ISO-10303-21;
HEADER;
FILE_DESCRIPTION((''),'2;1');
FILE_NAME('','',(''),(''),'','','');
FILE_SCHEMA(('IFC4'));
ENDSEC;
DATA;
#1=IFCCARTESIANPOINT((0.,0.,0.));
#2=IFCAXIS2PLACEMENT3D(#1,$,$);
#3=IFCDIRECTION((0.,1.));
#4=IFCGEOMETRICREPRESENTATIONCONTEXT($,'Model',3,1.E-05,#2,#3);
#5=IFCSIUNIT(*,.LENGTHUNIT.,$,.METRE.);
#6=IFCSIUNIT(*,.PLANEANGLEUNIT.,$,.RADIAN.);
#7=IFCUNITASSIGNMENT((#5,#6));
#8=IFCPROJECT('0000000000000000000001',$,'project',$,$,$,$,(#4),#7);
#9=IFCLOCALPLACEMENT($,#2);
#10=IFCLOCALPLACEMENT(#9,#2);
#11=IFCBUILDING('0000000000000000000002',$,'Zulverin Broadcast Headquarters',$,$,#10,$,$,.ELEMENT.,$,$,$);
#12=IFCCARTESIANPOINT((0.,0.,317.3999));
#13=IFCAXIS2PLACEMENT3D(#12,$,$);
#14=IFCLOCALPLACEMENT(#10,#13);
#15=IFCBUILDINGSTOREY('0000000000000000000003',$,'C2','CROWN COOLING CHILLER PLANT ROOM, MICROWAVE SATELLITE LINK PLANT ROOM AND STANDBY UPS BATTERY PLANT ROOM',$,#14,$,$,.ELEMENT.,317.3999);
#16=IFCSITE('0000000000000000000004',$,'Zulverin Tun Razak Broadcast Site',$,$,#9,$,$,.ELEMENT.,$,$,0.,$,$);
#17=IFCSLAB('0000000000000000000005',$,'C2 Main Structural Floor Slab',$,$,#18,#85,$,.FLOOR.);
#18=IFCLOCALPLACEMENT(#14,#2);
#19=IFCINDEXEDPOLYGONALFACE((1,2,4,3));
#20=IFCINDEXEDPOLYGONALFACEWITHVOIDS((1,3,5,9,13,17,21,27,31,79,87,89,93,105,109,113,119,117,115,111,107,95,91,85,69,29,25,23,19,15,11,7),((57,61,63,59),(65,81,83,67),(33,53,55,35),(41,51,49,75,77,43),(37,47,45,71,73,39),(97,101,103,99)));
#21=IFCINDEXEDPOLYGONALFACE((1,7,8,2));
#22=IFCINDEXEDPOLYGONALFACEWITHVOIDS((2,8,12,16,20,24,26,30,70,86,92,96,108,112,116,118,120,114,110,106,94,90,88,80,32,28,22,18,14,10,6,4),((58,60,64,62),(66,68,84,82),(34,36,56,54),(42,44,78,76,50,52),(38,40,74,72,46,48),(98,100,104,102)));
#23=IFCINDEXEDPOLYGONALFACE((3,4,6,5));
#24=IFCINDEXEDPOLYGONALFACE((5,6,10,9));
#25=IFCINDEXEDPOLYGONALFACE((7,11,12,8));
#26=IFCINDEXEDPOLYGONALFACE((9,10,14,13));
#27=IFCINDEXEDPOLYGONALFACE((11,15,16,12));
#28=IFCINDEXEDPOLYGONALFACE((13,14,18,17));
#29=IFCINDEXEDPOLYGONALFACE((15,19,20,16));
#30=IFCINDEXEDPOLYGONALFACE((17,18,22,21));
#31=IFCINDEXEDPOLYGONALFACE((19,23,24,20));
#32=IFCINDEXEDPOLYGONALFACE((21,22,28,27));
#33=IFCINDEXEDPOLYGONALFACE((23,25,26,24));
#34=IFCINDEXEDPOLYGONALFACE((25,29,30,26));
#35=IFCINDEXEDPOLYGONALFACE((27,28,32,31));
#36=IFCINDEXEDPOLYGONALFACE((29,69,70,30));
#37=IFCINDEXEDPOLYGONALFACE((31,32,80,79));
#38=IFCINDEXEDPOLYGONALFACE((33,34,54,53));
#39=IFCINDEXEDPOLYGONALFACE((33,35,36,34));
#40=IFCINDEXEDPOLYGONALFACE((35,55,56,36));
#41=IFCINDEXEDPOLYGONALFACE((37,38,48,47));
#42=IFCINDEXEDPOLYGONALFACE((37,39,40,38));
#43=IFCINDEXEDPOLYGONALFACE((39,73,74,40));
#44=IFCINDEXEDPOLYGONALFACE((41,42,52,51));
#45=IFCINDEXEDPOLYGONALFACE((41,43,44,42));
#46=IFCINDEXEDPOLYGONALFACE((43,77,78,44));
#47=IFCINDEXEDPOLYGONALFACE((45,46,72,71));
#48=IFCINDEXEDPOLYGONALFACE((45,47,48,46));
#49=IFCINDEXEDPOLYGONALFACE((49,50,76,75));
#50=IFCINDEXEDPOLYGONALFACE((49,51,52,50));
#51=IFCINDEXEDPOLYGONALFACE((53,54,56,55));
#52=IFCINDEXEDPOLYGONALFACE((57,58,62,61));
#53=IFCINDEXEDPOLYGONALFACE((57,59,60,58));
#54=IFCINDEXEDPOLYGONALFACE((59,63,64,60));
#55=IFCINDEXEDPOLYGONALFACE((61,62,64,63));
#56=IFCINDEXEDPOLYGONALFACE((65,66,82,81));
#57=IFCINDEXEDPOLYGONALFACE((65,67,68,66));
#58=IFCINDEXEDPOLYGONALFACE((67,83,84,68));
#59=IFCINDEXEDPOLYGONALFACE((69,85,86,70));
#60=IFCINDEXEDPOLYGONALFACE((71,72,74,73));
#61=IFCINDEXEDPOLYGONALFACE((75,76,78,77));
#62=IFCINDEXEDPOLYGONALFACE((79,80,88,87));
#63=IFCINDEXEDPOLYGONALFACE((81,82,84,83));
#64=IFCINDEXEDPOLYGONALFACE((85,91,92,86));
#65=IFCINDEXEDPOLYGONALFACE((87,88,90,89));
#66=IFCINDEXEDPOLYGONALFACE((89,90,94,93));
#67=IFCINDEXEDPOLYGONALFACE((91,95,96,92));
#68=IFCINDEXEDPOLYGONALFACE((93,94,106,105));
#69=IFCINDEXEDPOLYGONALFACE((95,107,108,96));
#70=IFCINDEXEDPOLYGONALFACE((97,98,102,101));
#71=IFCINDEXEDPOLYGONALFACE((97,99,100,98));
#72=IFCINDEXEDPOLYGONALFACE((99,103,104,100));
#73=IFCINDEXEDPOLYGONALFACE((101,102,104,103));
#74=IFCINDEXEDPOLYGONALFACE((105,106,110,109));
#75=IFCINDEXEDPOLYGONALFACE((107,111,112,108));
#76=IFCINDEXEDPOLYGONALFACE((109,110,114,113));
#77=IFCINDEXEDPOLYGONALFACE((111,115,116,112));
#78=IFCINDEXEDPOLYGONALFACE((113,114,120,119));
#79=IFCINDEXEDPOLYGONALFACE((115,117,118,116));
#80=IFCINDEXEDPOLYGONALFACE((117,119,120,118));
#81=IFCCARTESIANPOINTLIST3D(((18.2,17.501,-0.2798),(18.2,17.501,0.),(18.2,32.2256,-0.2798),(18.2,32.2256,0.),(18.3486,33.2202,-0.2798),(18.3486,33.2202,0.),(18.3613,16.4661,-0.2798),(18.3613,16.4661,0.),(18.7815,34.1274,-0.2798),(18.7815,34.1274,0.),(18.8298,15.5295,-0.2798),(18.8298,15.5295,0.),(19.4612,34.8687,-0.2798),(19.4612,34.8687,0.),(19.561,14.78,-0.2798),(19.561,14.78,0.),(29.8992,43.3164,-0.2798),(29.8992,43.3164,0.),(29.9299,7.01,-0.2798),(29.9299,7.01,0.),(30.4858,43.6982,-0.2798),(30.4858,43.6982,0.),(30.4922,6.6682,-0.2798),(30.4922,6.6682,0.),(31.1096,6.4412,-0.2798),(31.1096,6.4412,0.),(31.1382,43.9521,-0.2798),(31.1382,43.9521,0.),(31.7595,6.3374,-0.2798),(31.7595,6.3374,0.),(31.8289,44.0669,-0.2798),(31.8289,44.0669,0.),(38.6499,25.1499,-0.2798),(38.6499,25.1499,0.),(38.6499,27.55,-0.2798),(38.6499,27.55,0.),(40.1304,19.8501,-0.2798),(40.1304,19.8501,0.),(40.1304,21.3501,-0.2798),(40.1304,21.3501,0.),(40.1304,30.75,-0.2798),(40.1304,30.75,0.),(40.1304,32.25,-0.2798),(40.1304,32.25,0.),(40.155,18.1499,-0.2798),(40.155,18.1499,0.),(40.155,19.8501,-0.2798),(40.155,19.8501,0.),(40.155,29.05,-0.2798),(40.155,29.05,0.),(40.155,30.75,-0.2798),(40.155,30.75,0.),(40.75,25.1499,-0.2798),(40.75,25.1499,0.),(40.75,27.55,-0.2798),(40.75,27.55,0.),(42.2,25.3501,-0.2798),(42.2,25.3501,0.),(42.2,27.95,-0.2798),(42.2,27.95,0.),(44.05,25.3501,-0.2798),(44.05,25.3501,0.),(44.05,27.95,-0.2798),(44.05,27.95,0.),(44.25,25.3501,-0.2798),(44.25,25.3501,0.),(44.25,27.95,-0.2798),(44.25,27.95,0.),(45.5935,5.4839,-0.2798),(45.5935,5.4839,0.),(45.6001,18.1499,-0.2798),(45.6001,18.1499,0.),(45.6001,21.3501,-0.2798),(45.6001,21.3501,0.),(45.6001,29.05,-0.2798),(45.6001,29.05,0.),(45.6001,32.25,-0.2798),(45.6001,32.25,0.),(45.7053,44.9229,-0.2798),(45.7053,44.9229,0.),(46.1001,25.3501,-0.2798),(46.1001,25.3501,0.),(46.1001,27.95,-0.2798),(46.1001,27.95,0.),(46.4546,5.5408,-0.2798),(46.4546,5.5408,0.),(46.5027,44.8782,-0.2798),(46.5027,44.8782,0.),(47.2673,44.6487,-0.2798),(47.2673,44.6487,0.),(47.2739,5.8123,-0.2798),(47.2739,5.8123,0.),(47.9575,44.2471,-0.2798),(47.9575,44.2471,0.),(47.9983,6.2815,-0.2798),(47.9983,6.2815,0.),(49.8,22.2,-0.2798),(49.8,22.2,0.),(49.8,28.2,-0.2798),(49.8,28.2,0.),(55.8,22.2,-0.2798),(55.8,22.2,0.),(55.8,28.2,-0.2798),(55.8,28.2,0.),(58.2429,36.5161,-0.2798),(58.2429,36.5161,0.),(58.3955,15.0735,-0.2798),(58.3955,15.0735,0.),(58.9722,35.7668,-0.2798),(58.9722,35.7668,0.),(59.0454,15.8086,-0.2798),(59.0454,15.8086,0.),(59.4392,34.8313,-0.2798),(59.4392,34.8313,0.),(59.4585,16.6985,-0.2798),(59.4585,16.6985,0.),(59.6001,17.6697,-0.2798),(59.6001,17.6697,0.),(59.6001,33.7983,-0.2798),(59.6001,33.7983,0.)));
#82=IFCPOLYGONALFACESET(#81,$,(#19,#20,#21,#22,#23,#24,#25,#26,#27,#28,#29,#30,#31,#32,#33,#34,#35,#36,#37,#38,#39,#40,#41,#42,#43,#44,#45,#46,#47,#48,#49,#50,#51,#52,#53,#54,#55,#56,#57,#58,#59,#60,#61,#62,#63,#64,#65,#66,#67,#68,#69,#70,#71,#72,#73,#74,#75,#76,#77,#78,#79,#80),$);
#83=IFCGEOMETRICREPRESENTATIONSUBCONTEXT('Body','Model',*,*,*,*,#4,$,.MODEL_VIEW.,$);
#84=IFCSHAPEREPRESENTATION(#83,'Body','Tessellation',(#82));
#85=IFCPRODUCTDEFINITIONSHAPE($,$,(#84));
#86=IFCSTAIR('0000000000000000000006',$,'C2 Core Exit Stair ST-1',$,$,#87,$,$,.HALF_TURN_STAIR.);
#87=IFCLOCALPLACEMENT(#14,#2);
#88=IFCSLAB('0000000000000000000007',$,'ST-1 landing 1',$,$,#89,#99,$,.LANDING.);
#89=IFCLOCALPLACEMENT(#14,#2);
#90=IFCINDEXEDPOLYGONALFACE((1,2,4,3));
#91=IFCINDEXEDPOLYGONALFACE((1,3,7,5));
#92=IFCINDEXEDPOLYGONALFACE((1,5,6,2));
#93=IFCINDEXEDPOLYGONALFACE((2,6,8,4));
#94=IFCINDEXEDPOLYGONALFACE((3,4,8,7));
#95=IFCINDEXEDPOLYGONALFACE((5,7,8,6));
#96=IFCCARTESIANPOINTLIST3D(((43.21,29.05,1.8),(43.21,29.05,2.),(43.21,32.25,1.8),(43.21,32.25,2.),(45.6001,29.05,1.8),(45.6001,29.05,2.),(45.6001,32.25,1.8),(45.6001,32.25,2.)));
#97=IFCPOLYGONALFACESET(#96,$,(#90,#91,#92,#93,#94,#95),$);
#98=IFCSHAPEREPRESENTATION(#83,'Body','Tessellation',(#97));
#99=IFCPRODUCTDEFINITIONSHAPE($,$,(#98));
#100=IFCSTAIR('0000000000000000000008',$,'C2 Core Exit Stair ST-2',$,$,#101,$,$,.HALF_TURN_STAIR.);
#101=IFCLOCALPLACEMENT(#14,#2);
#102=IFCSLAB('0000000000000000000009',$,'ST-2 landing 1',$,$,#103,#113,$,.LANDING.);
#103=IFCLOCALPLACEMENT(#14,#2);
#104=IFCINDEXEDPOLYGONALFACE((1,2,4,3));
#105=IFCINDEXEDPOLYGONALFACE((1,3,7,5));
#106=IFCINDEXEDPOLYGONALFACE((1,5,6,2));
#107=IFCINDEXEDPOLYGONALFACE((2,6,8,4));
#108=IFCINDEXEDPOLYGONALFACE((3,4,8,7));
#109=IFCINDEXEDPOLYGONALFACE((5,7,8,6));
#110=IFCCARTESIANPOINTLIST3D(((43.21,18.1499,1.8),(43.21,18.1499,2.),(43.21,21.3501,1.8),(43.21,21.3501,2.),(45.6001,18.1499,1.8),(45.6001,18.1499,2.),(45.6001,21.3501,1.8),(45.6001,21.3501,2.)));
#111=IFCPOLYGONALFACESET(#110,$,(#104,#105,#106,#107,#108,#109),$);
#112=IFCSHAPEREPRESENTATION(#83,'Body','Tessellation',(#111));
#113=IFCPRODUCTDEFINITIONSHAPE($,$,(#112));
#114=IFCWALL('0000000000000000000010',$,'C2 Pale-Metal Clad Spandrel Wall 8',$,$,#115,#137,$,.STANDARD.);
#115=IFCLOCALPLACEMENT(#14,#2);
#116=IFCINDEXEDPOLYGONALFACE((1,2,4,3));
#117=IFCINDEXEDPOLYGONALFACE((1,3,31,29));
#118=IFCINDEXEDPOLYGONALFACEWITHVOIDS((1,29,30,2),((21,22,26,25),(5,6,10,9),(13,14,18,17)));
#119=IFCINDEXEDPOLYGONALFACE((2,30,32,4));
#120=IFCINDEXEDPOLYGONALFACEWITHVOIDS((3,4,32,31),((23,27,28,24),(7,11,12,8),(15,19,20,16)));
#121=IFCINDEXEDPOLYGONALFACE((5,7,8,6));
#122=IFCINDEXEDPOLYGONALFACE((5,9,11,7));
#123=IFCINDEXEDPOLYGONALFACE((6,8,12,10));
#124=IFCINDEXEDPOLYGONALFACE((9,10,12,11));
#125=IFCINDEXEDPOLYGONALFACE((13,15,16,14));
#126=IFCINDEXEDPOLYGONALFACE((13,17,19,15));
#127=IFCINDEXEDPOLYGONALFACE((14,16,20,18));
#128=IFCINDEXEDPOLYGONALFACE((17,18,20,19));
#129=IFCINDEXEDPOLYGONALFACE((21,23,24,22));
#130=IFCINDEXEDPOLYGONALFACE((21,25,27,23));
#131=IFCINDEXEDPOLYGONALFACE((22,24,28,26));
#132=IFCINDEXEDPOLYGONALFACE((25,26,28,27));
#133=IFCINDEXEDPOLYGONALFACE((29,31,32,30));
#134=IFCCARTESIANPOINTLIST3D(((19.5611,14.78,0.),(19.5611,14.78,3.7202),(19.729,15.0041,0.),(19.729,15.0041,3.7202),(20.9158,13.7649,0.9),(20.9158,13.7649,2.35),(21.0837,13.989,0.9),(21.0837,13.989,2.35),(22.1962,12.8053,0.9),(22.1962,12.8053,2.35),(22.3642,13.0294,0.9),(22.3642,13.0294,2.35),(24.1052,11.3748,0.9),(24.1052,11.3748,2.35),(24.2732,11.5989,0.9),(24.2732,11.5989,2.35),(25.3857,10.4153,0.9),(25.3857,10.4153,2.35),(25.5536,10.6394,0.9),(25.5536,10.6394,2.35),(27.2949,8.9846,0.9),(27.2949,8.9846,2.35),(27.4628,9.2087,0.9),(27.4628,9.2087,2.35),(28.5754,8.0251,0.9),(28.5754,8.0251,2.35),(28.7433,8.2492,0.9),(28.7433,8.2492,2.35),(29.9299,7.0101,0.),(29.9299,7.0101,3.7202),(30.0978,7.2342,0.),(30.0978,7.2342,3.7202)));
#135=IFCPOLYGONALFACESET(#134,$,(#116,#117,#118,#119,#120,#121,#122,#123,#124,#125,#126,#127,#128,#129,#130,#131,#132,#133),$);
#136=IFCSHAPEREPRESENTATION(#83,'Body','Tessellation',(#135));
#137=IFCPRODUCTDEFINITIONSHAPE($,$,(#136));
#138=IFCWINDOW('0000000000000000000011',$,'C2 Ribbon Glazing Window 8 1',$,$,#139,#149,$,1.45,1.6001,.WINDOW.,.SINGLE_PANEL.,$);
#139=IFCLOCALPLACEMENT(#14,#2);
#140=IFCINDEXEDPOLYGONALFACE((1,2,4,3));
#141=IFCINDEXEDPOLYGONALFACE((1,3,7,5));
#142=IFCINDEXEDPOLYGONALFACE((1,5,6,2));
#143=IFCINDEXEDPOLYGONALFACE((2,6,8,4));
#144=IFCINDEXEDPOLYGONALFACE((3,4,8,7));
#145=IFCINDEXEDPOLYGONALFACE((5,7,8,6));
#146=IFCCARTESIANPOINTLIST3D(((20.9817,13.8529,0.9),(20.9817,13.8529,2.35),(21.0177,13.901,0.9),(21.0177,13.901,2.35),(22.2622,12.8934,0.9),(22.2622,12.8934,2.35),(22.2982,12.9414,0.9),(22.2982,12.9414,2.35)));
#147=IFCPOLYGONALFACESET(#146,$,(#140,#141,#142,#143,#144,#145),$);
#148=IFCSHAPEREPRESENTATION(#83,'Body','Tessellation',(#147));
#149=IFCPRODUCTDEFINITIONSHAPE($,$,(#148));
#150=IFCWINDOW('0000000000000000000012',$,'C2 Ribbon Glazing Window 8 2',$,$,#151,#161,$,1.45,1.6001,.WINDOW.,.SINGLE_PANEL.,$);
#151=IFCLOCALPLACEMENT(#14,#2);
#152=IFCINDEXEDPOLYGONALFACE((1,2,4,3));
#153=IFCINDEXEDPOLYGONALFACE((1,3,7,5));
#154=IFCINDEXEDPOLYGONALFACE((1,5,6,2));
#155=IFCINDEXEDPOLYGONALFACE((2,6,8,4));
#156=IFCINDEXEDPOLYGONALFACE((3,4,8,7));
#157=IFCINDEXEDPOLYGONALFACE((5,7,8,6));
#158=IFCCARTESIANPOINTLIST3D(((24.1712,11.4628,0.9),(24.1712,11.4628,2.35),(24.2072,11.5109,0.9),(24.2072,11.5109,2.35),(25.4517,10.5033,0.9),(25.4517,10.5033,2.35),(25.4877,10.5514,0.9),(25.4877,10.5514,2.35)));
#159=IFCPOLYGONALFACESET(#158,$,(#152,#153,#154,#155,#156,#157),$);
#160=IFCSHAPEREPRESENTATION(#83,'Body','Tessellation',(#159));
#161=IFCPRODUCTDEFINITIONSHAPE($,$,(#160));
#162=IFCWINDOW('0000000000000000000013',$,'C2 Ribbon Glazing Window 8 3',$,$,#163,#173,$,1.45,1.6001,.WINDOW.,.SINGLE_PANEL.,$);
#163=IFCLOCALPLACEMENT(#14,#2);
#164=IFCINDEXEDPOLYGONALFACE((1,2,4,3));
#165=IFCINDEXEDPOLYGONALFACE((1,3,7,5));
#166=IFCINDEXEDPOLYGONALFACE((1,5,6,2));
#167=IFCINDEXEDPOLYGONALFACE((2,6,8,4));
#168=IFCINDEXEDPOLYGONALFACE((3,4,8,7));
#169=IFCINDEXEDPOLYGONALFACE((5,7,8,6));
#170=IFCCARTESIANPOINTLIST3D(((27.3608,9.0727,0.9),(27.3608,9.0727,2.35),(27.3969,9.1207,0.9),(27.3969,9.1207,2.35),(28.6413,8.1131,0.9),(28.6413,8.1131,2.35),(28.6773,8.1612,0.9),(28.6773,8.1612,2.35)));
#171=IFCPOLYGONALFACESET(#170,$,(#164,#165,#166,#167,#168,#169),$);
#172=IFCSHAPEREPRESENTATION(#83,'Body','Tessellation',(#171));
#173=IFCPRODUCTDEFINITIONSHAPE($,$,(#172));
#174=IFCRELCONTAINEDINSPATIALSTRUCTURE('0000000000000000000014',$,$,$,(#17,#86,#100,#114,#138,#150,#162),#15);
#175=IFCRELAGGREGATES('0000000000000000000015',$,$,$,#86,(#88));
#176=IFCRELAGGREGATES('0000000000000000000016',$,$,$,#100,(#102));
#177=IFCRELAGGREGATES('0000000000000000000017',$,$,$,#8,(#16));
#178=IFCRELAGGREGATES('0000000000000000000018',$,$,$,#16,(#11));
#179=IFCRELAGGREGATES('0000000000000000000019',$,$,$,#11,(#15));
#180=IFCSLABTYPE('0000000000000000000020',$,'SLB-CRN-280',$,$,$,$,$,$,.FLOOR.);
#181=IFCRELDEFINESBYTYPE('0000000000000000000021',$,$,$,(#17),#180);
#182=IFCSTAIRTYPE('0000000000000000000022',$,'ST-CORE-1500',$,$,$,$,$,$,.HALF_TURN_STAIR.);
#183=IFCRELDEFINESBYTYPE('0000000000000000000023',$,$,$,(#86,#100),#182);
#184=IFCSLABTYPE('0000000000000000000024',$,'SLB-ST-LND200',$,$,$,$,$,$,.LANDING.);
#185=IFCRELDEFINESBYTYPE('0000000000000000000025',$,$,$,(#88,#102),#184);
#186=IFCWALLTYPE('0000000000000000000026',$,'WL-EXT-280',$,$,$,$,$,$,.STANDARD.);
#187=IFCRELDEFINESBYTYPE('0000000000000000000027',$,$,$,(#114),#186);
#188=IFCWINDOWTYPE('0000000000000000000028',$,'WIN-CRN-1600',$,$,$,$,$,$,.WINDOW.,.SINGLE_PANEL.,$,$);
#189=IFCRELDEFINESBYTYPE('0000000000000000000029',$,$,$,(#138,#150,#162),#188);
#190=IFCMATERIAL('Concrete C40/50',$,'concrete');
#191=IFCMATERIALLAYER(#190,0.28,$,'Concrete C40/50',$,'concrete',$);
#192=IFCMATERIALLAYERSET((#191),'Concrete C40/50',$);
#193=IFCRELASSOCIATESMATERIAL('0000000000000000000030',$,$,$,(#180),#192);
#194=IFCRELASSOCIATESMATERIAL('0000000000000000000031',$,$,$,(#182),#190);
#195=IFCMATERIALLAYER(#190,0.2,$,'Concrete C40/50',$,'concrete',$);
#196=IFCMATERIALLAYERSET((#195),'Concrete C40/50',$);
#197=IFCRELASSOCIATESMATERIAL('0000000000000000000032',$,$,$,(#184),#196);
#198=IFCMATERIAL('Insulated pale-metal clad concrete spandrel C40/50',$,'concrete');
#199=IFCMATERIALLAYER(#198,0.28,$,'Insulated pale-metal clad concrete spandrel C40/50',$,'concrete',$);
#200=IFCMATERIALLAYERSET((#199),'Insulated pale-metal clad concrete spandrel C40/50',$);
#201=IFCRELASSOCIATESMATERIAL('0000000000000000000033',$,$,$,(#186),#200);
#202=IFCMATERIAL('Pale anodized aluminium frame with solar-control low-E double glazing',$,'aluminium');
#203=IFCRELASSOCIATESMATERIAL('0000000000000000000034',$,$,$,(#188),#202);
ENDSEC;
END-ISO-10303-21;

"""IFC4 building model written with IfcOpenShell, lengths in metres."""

from ifc_helpers import new_model, si_unit, direction, frame, frame_2d, origin, place, context, subcontext, project, spatial, polyline, rectangle, outline, extrude, material, layer, layer_set, type_object, element, fill, aggregate, save


model = new_model("IFC4")

# Units and contexts
model_context = context("Model", 3, precision=1e-05, world=origin(), true_north=direction((0.0, 1.0)))
body_context = subcontext(model_context, "Body", "Model", "MODEL_VIEW")
ifc_project = project(units=[si_unit("LENGTHUNIT", "METRE"), si_unit("PLANEANGLEUNIT", "RADIAN")], contexts=[model_context])

# Site, building, storey
site_placement = place(None, origin())
site = spatial("IfcSite", under=ifc_project, at=site_placement, Name="Zulverin Tun Razak Broadcast Site", CompositionType="ELEMENT", RefElevation=0.0)
building_placement = place(site_placement, origin())
building = spatial("IfcBuilding", under=site, at=building_placement, Name="Zulverin Broadcast Headquarters", CompositionType="ELEMENT")
storey_placement = place(building_placement, frame((0.0, 0.0, 317.3999)))
storey = spatial("IfcBuildingStorey", under=building, at=storey_placement, Name="C2", Description="CROWN COOLING CHILLER PLANT ROOM, MICROWAVE SATELLITE LINK PLANT ROOM AND STANDBY UPS BATTERY PLANT ROOM", CompositionType="ELEMENT", Elevation=317.3999)

# Slab
ifc_material_1 = material(Name="Concrete C40/50", Category="concrete")
ifc_layer_1 = layer(ifc_material_1, 0.28, Name="Concrete C40/50", Category="concrete")
ifc_layer_set_1 = layer_set([ifc_layer_1], Name="Concrete C40/50")
slab_type_1 = type_object("IfcSlabType", Name="SLB-CRN-280", PredefinedType="FLOOR", material=ifc_layer_set_1)
slab_1_placement = place(storey_placement, frame((0.0, 0.0, -0.2798)))
element("IfcSlab", 1, at=slab_1_placement, inside=storey, type_object=slab_type_1, Name="C2 Main Structural Floor Slab", PredefinedType="FLOOR", context=body_context, shape_type="SweptSolid", body=[
    extrude(outline(polyline([(29.9299, 7.01), (30.4922, 6.6682), (31.1096, 6.4412), (31.7595, 6.3374), (45.5935, 5.4839), (46.4546, 5.5408), (47.2739, 5.8123), (47.9983, 6.2815), (58.3955, 15.0735), (59.0454, 15.8086), (59.4585, 16.6985), (59.6001, 17.6697), (59.6001, 33.7983), (59.4392, 34.8313), (58.9722, 35.7668), (58.2429, 36.5161), (47.9575, 44.2471), (47.2673, 44.6487), (46.5027, 44.8782), (45.7053, 44.9229), (31.8289, 44.0669), (31.1382, 43.9521), (30.4858, 43.6982), (29.8992, 43.3164), (19.4612, 34.8687), (18.7815, 34.1274), (18.3486, 33.2202), (18.2, 32.2256), (18.2, 17.501), (18.3613, 16.4661), (18.8298, 15.5295), (19.561, 14.78), (29.9299, 7.01)]), holes=[polyline([(40.155, 30.75), (40.1304, 30.75), (40.1304, 32.25), (45.6001, 32.25), (45.6001, 29.05), (40.155, 29.05), (40.155, 30.75)]), polyline([(40.155, 19.8501), (40.1304, 19.8501), (40.1304, 21.3501), (45.6001, 21.3501), (45.6001, 18.1499), (40.155, 18.1499), (40.155, 19.8501)]), polyline([(42.2, 25.3501), (44.05, 25.3501), (44.05, 27.95), (42.2, 27.95), (42.2, 25.3501)]), polyline([(44.25, 25.3501), (46.1001, 25.3501), (46.1001, 27.95), (44.25, 27.95), (44.25, 25.3501)]), polyline([(38.6499, 25.1499), (40.75, 25.1499), (40.75, 27.55), (38.6499, 27.55), (38.6499, 25.1499)]), polyline([(49.8, 22.2), (55.8, 22.2), (55.8, 28.2), (49.8, 28.2), (49.8, 22.2)])]), origin(), (0.0, 0.0, 1.0), 0.2798),
])

# Stairs, slabs
stair_type = type_object("IfcStairType", Name="ST-CORE-1500", PredefinedType="HALF_TURN_STAIR", material=ifc_material_1)
stair_1_placement = place(storey_placement, origin())
stair_1 = element("IfcStair", 2, at=stair_1_placement, inside=storey, type_object=stair_type, Name="C2 Core Exit Stair ST-1", PredefinedType="HALF_TURN_STAIR")
ifc_layer_2 = layer(ifc_material_1, 0.2, Name="Concrete C40/50", Category="concrete")
ifc_layer_set_2 = layer_set([ifc_layer_2], Name="Concrete C40/50")
slab_type_2 = type_object("IfcSlabType", Name="SLB-ST-LND200", PredefinedType="LANDING", material=ifc_layer_set_2)
slab_2_placement = place(storey_placement, frame((0.0, 0.0, 1.8)))
slab_2 = element("IfcSlab", 3, at=slab_2_placement, type_object=slab_type_2, Name="ST-1 landing 1", PredefinedType="LANDING", context=body_context, shape_type="SweptSolid", body=[
    extrude(outline(polyline([(43.21, 29.05), (45.6001, 29.05), (45.6001, 32.25), (43.21, 32.25), (43.21, 29.05)])), origin(), (0.0, 0.0, 1.0), 0.2),
])
aggregate(stair_1, [slab_2])
stair_2_placement = place(storey_placement, origin())
stair_2 = element("IfcStair", 4, at=stair_2_placement, inside=storey, type_object=stair_type, Name="C2 Core Exit Stair ST-2", PredefinedType="HALF_TURN_STAIR")
slab_3_placement = place(storey_placement, frame((0.0, 0.0, 1.8)))
slab_3 = element("IfcSlab", 5, at=slab_3_placement, type_object=slab_type_2, Name="ST-2 landing 1", PredefinedType="LANDING", context=body_context, shape_type="SweptSolid", body=[
    extrude(outline(polyline([(43.21, 18.1499), (45.6001, 18.1499), (45.6001, 21.3501), (43.21, 21.3501), (43.21, 18.1499)])), origin(), (0.0, 0.0, 1.0), 0.2),
])
aggregate(stair_2, [slab_3])

# Wall, openings, windows
ifc_material_2 = material(Name="Insulated pale-metal clad concrete spandrel C40/50", Category="concrete")
ifc_layer_3 = layer(ifc_material_2, 0.28, Name="Insulated pale-metal clad concrete spandrel C40/50", Category="concrete")
ifc_layer_set_3 = layer_set([ifc_layer_3], Name="Insulated pale-metal clad concrete spandrel C40/50")
wall_type_1 = type_object("IfcWallType", Name="WL-EXT-280", PredefinedType="STANDARD", material=ifc_layer_set_3)
wall_1_placement = place(storey_placement, frame((19.645, 14.8921, 0.0), z_axis=(0.0, 0.0, 1.0), x_axis=(0.800246, -0.599671, 0.0)))
wall_1 = element("IfcWall", 6, at=wall_1_placement, inside=storey, type_object=wall_type_1, Name="C2 Pale-Metal Clad Spandrel Wall 8", PredefinedType="STANDARD", context=body_context, shape_type="SweptSolid", body=[
    extrude(rectangle(XDim=12.957, YDim=0.28, at=frame_2d((6.4785, 0.0))), origin(), (0.0, 0.0, 1.0), 3.7202),
])
opening_1_placement = place(wall_1_placement, frame((1.6929, 0.0, 0.8999)))
opening_1 = element("IfcOpeningElement", 7, at=opening_1_placement, cuts=wall_1, PredefinedType="OPENING", context=body_context, shape_type="SweptSolid", body=[
    extrude(rectangle(XDim=1.6001, YDim=1.45, at=frame_2d((0.8, 0.7251))), frame((0.0, 0.1499, 0.0), z_axis=(0.0, -1.0, 0.0), x_axis=(1.0, 0.0, 0.0)), (0.0, 0.0, 1.0), 0.3),
])
opening_2_placement = place(wall_1_placement, frame((5.6785, 0.0, 0.8999)))
opening_2 = element("IfcOpeningElement", 8, at=opening_2_placement, cuts=wall_1, PredefinedType="OPENING", context=body_context, shape_type="SweptSolid", body=[
    extrude(rectangle(XDim=1.6001, YDim=1.45, at=frame_2d((0.8, 0.7251))), frame((0.0, 0.1499, 0.0), z_axis=(0.0, -1.0, 0.0), x_axis=(1.0, 0.0, 0.0)), (0.0, 0.0, 1.0), 0.3),
])
opening_3_placement = place(wall_1_placement, frame((9.6643, 0.0, 0.8999)))
opening_3 = element("IfcOpeningElement", 9, at=opening_3_placement, cuts=wall_1, PredefinedType="OPENING", context=body_context, shape_type="SweptSolid", body=[
    extrude(rectangle(XDim=1.6001, YDim=1.45, at=frame_2d((0.8, 0.7251))), frame((0.0, 0.1499, 0.0), z_axis=(0.0, -1.0, 0.0), x_axis=(1.0, 0.0, 0.0)), (0.0, 0.0, 1.0), 0.3),
])
ifc_material_3 = material(Name="Pale anodized aluminium frame with solar-control low-E double glazing", Category="aluminium")
window_type = type_object("IfcWindowType", Name="WIN-CRN-1600", PartitioningType="SINGLE_PANEL", PredefinedType="WINDOW", material=ifc_material_3)
window_1_placement = place(opening_1_placement, origin())
window_1 = element("IfcWindow", 10, at=window_1_placement, inside=storey, type_object=window_type, Name="C2 Ribbon Glazing Window 8 1", OverallHeight=1.45, OverallWidth=1.6001, PartitioningType="SINGLE_PANEL", PredefinedType="WINDOW", context=body_context, shape_type="SweptSolid", body=[
    extrude(rectangle(XDim=1.6001, YDim=1.45, at=frame_2d((0.8, 0.7251))), frame((0.0, 0.03, 0.0), z_axis=(0.0, -1.0, 0.0), x_axis=(1.0, 0.0, 0.0)), (0.0, 0.0, 1.0), 0.0601),
])
fill(opening_1, window_1)
window_2_placement = place(opening_2_placement, origin())
window_2 = element("IfcWindow", 11, at=window_2_placement, inside=storey, type_object=window_type, Name="C2 Ribbon Glazing Window 8 2", OverallHeight=1.45, OverallWidth=1.6001, PartitioningType="SINGLE_PANEL", PredefinedType="WINDOW", context=body_context, shape_type="SweptSolid", body=[
    extrude(rectangle(XDim=1.6001, YDim=1.45, at=frame_2d((0.8, 0.7251))), frame((0.0, 0.03, 0.0), z_axis=(0.0, -1.0, 0.0), x_axis=(1.0, 0.0, 0.0)), (0.0, 0.0, 1.0), 0.0601),
])
fill(opening_2, window_2)
window_3_placement = place(opening_3_placement, origin())
window_3 = element("IfcWindow", 12, at=window_3_placement, inside=storey, type_object=window_type, Name="C2 Ribbon Glazing Window 8 3", OverallHeight=1.45, OverallWidth=1.6001, PartitioningType="SINGLE_PANEL", PredefinedType="WINDOW", context=body_context, shape_type="SweptSolid", body=[
    extrude(rectangle(XDim=1.6001, YDim=1.45, at=frame_2d((0.8, 0.7251))), frame((0.0, 0.03, 0.0), z_axis=(0.0, -1.0, 0.0), x_axis=(1.0, 0.0, 0.0)), (0.0, 0.0, 1.0), 0.0601),
])
fill(opening_3, window_3)

save(model, "model.ifc")
